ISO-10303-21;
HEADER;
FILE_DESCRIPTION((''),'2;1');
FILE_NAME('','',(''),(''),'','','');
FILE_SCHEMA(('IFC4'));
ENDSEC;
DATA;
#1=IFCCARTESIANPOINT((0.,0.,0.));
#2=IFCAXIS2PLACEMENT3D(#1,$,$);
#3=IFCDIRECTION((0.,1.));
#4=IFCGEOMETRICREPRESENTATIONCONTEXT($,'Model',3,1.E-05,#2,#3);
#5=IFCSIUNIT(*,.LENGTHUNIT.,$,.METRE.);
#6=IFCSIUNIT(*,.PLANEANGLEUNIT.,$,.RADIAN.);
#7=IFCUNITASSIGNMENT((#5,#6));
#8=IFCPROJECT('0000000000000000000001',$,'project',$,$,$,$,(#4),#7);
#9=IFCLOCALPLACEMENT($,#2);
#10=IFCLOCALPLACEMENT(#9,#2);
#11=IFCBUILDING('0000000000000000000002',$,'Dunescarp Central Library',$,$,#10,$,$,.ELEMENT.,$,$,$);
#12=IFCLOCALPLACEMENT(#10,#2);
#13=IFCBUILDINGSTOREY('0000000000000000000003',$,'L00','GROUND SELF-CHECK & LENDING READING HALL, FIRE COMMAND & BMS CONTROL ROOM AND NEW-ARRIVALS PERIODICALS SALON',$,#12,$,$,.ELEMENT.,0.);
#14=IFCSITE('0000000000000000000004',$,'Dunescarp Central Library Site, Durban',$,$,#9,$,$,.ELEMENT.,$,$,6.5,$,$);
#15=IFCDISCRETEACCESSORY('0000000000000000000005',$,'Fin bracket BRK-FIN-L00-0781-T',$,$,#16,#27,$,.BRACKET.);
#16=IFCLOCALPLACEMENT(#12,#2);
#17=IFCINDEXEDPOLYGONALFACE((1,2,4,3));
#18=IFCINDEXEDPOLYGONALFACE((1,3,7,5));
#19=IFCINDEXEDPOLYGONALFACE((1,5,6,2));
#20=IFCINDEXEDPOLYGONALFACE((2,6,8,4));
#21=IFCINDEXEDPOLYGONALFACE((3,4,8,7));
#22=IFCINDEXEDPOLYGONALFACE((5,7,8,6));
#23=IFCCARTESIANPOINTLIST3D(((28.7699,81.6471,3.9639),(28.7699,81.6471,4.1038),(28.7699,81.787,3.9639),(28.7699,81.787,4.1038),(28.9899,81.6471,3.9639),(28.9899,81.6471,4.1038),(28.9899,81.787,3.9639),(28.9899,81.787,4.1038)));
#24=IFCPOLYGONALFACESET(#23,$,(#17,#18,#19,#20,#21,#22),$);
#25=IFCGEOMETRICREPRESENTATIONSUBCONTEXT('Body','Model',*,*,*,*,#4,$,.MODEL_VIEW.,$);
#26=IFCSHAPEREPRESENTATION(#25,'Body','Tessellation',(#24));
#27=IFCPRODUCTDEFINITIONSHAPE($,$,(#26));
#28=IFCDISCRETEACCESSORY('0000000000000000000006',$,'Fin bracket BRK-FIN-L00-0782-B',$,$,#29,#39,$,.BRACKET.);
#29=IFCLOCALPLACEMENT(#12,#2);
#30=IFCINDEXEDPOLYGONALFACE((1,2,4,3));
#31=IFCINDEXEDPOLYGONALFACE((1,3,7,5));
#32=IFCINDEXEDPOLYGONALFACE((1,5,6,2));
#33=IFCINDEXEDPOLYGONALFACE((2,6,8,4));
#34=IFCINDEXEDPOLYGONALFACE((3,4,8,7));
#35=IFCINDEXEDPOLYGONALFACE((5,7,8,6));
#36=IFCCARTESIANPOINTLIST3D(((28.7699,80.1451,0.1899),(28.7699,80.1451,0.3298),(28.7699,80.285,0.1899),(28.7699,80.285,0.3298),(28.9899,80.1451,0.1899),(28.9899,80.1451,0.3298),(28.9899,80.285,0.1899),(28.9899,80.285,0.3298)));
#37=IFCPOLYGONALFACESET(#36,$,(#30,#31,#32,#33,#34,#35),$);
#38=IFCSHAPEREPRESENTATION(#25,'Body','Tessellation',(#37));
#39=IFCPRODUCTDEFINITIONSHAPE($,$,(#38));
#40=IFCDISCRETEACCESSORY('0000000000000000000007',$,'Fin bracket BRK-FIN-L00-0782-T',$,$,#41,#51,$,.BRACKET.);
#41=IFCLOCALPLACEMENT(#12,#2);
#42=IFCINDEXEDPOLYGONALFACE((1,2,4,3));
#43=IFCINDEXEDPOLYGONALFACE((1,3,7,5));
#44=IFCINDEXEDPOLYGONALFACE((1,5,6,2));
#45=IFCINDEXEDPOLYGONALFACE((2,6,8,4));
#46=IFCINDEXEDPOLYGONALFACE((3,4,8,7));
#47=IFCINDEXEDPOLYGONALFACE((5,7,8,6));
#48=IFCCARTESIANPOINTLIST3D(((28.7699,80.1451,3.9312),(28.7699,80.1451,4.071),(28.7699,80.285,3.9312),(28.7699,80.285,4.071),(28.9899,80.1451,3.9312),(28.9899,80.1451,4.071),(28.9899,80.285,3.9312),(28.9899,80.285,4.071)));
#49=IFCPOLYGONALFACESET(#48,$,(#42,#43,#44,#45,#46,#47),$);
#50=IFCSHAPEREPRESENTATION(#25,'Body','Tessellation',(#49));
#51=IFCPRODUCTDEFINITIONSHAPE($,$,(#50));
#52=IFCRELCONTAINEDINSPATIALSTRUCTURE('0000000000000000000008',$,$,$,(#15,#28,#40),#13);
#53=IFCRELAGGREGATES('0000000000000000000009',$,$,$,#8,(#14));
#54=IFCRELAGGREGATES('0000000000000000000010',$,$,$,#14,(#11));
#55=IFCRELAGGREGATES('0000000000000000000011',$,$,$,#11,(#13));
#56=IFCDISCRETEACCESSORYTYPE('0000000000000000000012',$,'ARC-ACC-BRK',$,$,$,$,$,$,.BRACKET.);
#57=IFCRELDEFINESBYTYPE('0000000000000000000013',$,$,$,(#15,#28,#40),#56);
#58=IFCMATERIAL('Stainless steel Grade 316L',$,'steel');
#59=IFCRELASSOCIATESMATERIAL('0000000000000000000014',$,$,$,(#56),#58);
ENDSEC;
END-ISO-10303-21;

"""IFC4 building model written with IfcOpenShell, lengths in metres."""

from ifc_helpers import new_model, si_unit, direction, frame, origin, origin_2d, place, context, subcontext, project, spatial, rectangle, extrude, material, type_object, element, save


model = new_model("IFC4")

# Units and contexts
model_context = context("Model", 3, precision=1e-05, world=origin(), true_north=direction((0.0, 1.0)))
body_context = subcontext(model_context, "Body", "Model", "MODEL_VIEW")
ifc_project = project(units=[si_unit("LENGTHUNIT", "METRE"), si_unit("PLANEANGLEUNIT", "RADIAN")], contexts=[model_context])

# Site, building, storey
site_placement = place(None, origin())
site = spatial("IfcSite", under=ifc_project, at=site_placement, Name="Dunescarp Central Library Site, Durban", CompositionType="ELEMENT", RefElevation=6.5)
building_placement = place(site_placement, origin())
building = spatial("IfcBuilding", under=site, at=building_placement, Name="Dunescarp Central Library", CompositionType="ELEMENT")
storey_placement = place(building_placement, origin())
storey = spatial("IfcBuildingStorey", under=building, at=storey_placement, Name="L00", Description="GROUND SELF-CHECK & LENDING READING HALL, FIRE COMMAND & BMS CONTROL ROOM AND NEW-ARRIVALS PERIODICALS SALON", CompositionType="ELEMENT", Elevation=0.0)

# Discrete accessories
ifc_material_1 = material(Name="Stainless steel Grade 316L", Category="steel")
discrete_accessory_type = type_object("IfcDiscreteAccessoryType", Name="ARC-ACC-BRK", PredefinedType="BRACKET", material=ifc_material_1)
for number, where, z_axis, x_axis, name in (
    (1, (28.8799, 81.717, 3.9639), (0.0, 0.0, 1.0), (1.0, 0.0, 0.0), "Fin bracket BRK-FIN-L00-0781-T"),
    (2, (28.8799, 80.2151, 0.1899), (0.0, 0.0, 1.0), (1.0, 0.0, 0.0), "Fin bracket BRK-FIN-L00-0782-B"),
    (3, (28.8799, 80.2151, 3.9312), (0.0, 0.0, 1.0), (1.0, 0.0, 0.0), "Fin bracket BRK-FIN-L00-0782-T"),
):
    element("IfcDiscreteAccessory", number, at=place(storey_placement, frame(where, z_axis=z_axis, x_axis=x_axis)), inside=storey, type_object=discrete_accessory_type, Name=name, PredefinedType="BRACKET", context=body_context, shape_type="SweptSolid", body=[
        extrude(rectangle(XDim=0.22, YDim=0.1399, at=origin_2d()), origin(), (0.0, 0.0, 1.0), 0.1399),
    ])

save(model, "model.ifc")
